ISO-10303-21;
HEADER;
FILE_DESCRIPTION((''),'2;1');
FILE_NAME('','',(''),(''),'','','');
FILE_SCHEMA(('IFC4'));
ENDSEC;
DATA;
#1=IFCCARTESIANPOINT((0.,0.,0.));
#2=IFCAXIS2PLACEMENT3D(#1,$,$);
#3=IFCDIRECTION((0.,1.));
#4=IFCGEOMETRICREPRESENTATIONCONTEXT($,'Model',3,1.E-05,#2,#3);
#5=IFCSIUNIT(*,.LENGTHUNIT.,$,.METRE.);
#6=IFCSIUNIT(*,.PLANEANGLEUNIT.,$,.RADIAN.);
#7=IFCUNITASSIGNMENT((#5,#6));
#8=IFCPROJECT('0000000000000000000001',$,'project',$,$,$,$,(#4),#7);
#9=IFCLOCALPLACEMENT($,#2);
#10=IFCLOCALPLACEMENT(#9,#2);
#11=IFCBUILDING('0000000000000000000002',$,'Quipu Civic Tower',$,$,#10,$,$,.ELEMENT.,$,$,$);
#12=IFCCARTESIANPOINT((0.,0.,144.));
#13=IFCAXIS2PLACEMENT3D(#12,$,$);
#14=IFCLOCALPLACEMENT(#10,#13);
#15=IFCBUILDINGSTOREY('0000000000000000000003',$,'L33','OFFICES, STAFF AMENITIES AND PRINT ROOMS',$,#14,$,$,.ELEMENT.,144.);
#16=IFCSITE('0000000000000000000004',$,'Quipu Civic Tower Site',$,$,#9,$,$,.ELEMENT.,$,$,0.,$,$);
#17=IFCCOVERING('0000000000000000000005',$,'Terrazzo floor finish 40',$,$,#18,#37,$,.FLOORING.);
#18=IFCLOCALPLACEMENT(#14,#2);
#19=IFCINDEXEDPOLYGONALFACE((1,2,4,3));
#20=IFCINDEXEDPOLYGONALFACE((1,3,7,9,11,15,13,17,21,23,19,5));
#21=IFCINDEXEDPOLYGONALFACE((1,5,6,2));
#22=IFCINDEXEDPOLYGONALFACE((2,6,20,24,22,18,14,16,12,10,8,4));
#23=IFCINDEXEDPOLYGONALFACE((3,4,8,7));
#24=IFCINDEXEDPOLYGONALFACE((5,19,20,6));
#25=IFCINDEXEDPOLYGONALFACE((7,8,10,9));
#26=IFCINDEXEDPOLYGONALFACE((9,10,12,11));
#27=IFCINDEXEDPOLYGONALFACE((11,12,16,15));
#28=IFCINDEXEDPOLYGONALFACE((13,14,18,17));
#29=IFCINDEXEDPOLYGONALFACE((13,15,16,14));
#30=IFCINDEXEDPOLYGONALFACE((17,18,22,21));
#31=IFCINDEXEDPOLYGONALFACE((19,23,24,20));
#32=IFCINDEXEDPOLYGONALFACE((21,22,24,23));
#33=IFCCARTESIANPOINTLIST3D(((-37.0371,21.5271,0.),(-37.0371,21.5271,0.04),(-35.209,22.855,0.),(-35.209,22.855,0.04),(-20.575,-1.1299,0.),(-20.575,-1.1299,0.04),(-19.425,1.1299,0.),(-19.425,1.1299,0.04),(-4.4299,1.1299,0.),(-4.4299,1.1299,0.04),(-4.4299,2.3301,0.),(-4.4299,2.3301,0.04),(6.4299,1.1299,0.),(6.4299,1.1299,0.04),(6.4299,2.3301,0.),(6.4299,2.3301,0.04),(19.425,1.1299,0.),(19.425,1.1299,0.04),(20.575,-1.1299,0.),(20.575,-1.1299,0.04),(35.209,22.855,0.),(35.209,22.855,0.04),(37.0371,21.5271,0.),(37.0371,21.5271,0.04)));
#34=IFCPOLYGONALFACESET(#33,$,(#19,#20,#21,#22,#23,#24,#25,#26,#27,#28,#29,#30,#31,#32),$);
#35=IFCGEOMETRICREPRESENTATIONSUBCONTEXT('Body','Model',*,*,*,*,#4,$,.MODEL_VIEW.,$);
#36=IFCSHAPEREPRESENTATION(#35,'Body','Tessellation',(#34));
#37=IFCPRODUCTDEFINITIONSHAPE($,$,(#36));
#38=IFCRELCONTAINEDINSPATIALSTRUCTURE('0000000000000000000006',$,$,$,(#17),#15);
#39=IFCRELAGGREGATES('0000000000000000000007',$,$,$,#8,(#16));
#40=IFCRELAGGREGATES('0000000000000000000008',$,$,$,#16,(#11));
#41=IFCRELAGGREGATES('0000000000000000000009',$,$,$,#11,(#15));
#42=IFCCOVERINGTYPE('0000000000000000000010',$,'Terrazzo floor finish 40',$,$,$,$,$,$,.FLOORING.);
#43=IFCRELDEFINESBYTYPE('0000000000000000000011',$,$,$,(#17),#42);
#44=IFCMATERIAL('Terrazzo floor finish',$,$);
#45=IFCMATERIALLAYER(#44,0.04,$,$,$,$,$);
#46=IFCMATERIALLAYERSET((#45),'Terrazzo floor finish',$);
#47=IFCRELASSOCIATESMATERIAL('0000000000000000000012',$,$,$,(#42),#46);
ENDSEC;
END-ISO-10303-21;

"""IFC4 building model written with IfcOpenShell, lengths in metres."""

from ifc_helpers import new_model, si_unit, direction, frame, origin, place, context, subcontext, project, spatial, polyline, outline, extrude, material, layer, layer_set, type_object, element, save


model = new_model("IFC4")

# Units and contexts
model_context = context("Model", 3, precision=1e-05, world=origin(), true_north=direction((0.0, 1.0)))
body_context = subcontext(model_context, "Body", "Model", "MODEL_VIEW")
ifc_project = project(units=[si_unit("LENGTHUNIT", "METRE"), si_unit("PLANEANGLEUNIT", "RADIAN")], contexts=[model_context])

# Site, building, storey
site_placement = place(None, origin())
site = spatial("IfcSite", under=ifc_project, at=site_placement, Name="Quipu Civic Tower Site", CompositionType="ELEMENT", RefElevation=0.0)
building_placement = place(site_placement, origin())
building = spatial("IfcBuilding", under=site, at=building_placement, Name="Quipu Civic Tower", CompositionType="ELEMENT")
storey_placement = place(building_placement, frame((0.0, 0.0, 144.0)))
storey = spatial("IfcBuildingStorey", under=building, at=storey_placement, Name="L33", Description="OFFICES, STAFF AMENITIES AND PRINT ROOMS", CompositionType="ELEMENT", Elevation=144.0)

# Covering
ifc_material_1 = material(Name="Terrazzo floor finish")
ifc_layer_1 = layer(ifc_material_1, 0.04)
ifc_layer_set_1 = layer_set([ifc_layer_1], Name="Terrazzo floor finish")
covering_type_1 = type_object("IfcCoveringType", Name="Terrazzo floor finish 40", PredefinedType="FLOORING", material=ifc_layer_set_1)
covering_1_placement = place(storey_placement, origin())
element("IfcCovering", 1, at=covering_1_placement, inside=storey, type_object=covering_type_1, Name="Terrazzo floor finish 40", PredefinedType="FLOORING", context=body_context, shape_type="SweptSolid", body=[
    extrude(outline(polyline([(19.425, 1.1299), (35.209, 22.855), (37.0371, 21.5271), (20.575, -1.1299), (-20.575, -1.1299), (-37.0371, 21.5271), (-35.209, 22.855), (-19.425, 1.1299), (-4.4299, 1.1299), (-4.4299, 2.3301), (6.4299, 2.3301), (6.4299, 1.1299), (19.425, 1.1299)])), origin(), (0.0, 0.0, 1.0), 0.04),
])

save(model, "model.ifc")
